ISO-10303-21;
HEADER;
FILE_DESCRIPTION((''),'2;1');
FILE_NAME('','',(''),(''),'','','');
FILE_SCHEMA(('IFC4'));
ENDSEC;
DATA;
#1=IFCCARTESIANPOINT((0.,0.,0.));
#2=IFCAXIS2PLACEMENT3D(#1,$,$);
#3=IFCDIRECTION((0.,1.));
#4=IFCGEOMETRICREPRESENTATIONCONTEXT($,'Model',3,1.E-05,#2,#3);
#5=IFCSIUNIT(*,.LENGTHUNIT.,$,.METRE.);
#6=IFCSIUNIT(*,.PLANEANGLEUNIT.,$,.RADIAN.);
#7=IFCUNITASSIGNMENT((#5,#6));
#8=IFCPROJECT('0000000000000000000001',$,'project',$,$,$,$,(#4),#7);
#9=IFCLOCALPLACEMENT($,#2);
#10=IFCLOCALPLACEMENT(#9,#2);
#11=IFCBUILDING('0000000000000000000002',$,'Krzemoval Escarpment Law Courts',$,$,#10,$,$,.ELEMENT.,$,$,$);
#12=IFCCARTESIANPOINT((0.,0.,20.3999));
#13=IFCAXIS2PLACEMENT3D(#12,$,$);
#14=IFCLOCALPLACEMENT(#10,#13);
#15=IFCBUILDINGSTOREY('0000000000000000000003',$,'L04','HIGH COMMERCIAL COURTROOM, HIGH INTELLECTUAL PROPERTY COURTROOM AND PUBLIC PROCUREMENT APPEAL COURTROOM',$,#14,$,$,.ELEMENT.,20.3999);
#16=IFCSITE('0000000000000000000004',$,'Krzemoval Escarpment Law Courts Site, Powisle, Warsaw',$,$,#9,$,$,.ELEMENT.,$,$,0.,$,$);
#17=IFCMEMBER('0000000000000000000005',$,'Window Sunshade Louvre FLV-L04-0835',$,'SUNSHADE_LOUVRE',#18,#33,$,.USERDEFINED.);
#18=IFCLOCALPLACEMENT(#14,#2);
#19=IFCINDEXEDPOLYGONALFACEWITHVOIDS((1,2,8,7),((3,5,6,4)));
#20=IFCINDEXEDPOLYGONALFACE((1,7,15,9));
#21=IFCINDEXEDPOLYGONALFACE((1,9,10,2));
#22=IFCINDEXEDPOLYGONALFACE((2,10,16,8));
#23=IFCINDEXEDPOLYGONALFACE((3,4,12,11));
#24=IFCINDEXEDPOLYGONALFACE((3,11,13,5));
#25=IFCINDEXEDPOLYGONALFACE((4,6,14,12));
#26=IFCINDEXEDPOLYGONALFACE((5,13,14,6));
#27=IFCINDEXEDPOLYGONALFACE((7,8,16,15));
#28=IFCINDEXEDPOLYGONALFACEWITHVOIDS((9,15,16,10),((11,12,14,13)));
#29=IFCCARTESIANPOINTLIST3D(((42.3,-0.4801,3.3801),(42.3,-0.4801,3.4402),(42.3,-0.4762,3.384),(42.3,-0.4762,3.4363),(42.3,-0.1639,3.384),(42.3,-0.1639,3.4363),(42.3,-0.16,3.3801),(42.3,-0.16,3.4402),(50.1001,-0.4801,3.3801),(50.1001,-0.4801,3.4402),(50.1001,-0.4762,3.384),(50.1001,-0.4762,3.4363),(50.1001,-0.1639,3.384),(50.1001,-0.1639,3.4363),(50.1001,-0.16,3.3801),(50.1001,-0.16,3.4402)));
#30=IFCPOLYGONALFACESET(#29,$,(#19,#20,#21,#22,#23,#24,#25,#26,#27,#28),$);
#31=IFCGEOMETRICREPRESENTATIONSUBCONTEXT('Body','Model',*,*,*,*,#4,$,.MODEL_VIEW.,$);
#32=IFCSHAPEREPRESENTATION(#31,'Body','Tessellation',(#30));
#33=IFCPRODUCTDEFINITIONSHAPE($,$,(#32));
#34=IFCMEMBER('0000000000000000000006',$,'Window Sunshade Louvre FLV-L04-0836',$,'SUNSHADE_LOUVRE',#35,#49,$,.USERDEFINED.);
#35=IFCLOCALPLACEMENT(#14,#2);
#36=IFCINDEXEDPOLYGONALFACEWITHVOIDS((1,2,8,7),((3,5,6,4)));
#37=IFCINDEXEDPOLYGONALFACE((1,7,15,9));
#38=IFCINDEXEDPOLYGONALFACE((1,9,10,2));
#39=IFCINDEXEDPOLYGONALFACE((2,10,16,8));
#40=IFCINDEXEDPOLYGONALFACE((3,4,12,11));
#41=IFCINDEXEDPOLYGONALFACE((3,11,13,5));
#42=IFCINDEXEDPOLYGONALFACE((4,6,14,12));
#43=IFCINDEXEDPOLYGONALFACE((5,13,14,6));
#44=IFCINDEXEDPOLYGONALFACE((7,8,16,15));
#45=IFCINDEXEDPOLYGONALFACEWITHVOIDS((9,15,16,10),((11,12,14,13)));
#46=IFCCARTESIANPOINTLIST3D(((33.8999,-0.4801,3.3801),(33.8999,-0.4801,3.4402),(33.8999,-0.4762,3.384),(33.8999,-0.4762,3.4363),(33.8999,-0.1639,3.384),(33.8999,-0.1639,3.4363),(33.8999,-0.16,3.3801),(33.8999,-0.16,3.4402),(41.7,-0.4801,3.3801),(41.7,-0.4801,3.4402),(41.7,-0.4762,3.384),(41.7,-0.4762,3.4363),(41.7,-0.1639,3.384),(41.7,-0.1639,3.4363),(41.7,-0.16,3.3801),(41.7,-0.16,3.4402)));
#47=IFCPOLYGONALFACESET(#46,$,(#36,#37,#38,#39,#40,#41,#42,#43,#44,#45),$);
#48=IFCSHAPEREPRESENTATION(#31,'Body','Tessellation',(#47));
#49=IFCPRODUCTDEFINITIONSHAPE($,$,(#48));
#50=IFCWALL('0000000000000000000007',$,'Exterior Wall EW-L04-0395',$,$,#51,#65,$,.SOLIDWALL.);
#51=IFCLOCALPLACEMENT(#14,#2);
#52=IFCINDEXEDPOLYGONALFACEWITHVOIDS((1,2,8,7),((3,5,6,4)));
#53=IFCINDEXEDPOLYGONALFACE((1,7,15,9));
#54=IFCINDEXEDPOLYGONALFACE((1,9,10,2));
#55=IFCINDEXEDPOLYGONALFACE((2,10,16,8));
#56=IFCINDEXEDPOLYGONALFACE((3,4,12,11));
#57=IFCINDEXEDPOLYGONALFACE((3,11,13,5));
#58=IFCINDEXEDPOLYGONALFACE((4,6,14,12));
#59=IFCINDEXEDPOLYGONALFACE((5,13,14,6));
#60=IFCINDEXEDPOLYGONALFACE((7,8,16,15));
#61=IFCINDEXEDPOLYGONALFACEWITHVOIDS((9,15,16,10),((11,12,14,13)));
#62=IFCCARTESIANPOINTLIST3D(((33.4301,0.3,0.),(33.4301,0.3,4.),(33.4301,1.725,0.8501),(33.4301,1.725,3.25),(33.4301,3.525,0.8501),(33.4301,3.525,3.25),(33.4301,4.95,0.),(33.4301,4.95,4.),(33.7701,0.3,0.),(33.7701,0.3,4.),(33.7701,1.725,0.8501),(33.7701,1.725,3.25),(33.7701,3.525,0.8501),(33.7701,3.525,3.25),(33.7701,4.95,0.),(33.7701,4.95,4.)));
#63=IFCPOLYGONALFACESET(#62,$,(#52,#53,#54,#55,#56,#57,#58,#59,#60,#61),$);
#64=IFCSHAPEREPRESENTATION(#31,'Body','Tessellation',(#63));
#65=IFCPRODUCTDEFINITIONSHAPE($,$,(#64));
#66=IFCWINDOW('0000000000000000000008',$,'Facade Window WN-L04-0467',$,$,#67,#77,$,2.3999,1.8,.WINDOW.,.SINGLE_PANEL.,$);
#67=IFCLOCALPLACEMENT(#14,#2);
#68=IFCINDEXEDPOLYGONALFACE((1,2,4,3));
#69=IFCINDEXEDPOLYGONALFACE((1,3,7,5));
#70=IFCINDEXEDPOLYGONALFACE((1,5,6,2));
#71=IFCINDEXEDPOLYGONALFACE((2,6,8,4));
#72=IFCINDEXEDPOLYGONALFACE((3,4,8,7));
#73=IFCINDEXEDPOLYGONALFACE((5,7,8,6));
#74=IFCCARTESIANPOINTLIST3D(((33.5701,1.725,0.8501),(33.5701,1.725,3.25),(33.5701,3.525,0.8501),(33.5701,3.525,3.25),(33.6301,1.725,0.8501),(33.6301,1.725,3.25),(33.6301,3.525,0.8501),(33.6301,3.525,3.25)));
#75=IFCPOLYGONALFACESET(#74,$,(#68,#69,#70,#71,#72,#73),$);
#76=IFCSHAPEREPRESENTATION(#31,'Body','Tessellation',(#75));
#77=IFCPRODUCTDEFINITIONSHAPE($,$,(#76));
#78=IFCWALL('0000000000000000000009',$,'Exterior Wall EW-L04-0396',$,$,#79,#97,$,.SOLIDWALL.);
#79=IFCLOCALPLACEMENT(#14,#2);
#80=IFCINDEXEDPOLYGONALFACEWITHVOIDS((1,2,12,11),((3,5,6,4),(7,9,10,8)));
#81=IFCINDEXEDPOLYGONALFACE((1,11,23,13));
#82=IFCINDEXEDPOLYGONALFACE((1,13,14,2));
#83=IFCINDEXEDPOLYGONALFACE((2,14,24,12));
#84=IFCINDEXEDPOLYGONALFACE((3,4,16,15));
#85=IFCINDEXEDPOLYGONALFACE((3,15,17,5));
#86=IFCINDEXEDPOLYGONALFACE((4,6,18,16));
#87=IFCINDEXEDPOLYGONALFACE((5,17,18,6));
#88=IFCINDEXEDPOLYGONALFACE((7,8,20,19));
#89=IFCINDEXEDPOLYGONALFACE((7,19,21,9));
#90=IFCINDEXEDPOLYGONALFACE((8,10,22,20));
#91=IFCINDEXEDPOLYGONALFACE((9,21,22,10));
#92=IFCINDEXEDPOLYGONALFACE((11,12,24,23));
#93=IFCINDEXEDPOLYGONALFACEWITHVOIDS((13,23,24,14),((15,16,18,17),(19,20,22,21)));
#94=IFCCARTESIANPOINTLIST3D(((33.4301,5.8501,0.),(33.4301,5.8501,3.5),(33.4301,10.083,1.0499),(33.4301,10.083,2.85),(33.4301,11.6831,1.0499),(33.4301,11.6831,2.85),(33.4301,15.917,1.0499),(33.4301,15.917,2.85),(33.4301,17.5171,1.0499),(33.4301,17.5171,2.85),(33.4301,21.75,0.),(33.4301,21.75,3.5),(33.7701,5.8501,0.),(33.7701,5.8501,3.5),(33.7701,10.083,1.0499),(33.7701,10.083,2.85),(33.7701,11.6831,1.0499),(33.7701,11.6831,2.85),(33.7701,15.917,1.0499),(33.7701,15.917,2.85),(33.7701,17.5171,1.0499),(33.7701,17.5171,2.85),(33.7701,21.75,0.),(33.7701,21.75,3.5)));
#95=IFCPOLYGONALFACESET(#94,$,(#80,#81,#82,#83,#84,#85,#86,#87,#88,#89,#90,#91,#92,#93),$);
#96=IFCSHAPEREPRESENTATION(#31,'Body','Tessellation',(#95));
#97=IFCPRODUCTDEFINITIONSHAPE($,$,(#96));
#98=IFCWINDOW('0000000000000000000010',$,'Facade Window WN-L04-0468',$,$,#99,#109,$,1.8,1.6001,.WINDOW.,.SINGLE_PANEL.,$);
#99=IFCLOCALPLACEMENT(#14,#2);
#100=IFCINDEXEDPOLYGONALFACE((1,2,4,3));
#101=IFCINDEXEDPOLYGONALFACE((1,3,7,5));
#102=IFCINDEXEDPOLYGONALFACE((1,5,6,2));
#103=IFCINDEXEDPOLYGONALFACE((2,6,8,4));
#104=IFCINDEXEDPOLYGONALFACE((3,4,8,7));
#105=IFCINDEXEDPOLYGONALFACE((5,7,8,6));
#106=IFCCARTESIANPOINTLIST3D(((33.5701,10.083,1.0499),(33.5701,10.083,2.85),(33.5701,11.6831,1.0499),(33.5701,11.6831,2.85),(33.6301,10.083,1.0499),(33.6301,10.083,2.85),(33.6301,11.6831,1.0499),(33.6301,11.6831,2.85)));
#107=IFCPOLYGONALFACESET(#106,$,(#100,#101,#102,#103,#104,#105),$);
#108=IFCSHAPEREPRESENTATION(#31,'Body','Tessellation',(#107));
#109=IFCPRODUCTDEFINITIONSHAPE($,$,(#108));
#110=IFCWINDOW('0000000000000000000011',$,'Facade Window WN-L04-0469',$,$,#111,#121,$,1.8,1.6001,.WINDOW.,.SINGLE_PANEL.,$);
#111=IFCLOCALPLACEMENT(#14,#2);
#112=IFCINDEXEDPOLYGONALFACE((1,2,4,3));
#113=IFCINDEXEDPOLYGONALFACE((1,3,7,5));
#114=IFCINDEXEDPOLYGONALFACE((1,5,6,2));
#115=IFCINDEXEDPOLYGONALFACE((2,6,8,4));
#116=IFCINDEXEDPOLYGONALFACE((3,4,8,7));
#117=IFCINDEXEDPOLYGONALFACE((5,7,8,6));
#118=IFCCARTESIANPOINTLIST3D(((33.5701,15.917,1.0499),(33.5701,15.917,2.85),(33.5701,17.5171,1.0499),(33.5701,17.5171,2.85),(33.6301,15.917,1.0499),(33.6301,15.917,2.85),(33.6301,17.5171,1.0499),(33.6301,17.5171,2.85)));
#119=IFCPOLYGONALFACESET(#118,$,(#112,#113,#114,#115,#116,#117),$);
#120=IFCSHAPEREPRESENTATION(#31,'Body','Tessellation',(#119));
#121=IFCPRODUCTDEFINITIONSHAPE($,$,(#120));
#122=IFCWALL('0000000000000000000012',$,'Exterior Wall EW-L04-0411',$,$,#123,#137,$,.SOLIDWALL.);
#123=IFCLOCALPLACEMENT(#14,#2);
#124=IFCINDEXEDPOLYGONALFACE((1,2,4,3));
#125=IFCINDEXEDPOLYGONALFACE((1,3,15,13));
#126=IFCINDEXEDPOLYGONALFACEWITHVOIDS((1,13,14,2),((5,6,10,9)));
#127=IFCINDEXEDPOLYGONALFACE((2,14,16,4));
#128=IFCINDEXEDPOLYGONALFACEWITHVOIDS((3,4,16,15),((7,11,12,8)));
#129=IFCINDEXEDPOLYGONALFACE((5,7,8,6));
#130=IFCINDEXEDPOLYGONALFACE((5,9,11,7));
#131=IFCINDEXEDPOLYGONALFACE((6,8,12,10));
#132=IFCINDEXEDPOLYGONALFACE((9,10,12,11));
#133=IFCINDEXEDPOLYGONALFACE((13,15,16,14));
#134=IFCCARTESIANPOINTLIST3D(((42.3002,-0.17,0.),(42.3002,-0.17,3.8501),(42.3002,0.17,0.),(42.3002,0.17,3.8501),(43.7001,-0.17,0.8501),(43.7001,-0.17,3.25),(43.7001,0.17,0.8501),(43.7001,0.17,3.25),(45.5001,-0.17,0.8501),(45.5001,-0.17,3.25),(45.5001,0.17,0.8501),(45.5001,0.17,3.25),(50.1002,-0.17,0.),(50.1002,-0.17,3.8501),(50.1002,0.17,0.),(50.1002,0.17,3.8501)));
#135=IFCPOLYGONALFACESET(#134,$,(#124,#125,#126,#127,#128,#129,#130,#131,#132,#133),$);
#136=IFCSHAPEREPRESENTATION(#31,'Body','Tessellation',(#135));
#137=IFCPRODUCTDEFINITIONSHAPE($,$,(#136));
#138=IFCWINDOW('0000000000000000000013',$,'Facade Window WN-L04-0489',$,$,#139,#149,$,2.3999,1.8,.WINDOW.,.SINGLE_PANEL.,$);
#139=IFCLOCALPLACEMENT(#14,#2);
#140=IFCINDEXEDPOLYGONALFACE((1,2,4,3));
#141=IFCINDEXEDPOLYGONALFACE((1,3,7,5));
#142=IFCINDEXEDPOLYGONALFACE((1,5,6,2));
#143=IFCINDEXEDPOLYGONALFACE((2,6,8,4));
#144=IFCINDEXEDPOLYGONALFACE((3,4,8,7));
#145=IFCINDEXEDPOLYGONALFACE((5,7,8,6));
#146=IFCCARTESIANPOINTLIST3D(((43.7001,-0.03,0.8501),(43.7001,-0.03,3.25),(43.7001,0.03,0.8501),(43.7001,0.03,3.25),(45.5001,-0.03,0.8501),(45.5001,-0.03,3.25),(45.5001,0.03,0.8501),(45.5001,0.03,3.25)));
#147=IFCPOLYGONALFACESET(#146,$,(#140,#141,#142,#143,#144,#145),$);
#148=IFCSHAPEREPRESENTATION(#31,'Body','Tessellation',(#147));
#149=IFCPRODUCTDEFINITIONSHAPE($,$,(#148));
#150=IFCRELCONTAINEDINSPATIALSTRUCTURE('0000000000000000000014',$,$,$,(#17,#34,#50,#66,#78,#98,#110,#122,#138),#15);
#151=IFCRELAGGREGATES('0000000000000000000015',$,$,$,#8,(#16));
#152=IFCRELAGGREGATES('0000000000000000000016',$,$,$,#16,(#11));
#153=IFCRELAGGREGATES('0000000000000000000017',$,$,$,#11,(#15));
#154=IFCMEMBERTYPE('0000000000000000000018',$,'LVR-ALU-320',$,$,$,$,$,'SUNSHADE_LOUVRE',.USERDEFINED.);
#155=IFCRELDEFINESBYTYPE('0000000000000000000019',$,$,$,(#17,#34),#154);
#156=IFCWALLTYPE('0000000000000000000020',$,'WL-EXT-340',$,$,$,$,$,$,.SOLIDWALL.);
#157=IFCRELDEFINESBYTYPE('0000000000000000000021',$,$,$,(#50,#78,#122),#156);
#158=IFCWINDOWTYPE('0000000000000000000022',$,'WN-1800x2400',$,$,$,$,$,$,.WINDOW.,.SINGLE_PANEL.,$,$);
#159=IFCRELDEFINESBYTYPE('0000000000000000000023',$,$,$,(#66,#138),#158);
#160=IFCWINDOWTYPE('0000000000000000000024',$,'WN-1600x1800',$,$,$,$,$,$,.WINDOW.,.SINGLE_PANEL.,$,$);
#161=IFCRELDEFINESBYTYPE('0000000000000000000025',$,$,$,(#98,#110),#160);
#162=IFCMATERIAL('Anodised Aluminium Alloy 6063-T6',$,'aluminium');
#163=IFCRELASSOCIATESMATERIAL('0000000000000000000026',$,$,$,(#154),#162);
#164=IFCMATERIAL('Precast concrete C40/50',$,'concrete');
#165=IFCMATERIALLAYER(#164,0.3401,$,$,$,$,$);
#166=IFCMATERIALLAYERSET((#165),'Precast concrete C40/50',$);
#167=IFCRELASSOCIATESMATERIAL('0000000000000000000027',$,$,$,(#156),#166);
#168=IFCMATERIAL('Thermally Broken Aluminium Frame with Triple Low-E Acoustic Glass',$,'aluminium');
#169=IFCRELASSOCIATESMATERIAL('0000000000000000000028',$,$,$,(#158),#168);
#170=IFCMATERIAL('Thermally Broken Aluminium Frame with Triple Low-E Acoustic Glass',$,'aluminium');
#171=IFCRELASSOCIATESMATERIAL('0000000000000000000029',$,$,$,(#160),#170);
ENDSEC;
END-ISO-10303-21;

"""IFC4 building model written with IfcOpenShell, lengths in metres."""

from ifc_helpers import new_model, si_unit, direction, frame, frame_2d, origin, origin_2d, place, context, subcontext, project, spatial, rectangle, hollow_rectangle, extrude, material, layer, layer_set, material_profile, profile_set, type_object, element, fill, save


model = new_model("IFC4")

# Units and contexts
model_context = context("Model", 3, precision=1e-05, world=origin(), true_north=direction((0.0, 1.0)))
body_context = subcontext(model_context, "Body", "Model", "MODEL_VIEW")
ifc_project = project(units=[si_unit("LENGTHUNIT", "METRE"), si_unit("PLANEANGLEUNIT", "RADIAN")], contexts=[model_context])

# Site, building, storey
site_placement = place(None, origin())
site = spatial("IfcSite", under=ifc_project, at=site_placement, Name="Krzemoval Escarpment Law Courts Site, Powisle, Warsaw", CompositionType="ELEMENT", RefElevation=0.0)
building_placement = place(site_placement, origin())
building = spatial("IfcBuilding", under=site, at=building_placement, Name="Krzemoval Escarpment Law Courts", CompositionType="ELEMENT")
storey_placement = place(building_placement, frame((0.0, 0.0, 20.3999)))
storey = spatial("IfcBuildingStorey", under=building, at=storey_placement, Name="L04", Description="HIGH COMMERCIAL COURTROOM, HIGH INTELLECTUAL PROPERTY COURTROOM AND PUBLIC PROCUREMENT APPEAL COURTROOM", CompositionType="ELEMENT", Elevation=20.3999)

# Members
ifc_material_1 = material(Name="Anodised Aluminium Alloy 6063-T6", Category="aluminium")
ifc_material_profile_1 = material_profile(ifc_material_1, hollow_rectangle(XDim=0.0601, YDim=0.3201, WallThickness=0.0039, at=origin_2d()), Name="ALU LVR 60x320")
ifc_profile_set_1 = profile_set([ifc_material_profile_1], Name="Anodised Aluminium Alloy 6063-T6")
member_type = type_object("IfcMemberType", Name="LVR-ALU-320", ElementType="SUNSHADE_LOUVRE", PredefinedType="USERDEFINED", material=ifc_profile_set_1)
for number, where, z_axis, x_axis, name in (
    (1, (50.1001, -0.3201, 3.4102), (-1.0, 0.0, 0.0), (0.0, 0.0, 1.0), "Window Sunshade Louvre FLV-L04-0835"),
    (2, (41.7, -0.3201, 3.4102), (-1.0, 0.0, 0.0), (0.0, 0.0, 1.0), "Window Sunshade Louvre FLV-L04-0836"),
):
    element("IfcMember", number, at=place(storey_placement, frame(where, z_axis=z_axis, x_axis=x_axis)), inside=storey, type_object=member_type, Name=name, ObjectType="SUNSHADE_LOUVRE", PredefinedType="USERDEFINED", context=body_context, shape_type="SweptSolid", body=[
        extrude(hollow_rectangle(XDim=0.0601, YDim=0.3201, WallThickness=0.0039, at=origin_2d()), origin(), (0.0, 0.0, 1.0), 7.8),
    ])

# Wall, opening, window
ifc_material_2 = material(Name="Precast concrete C40/50", Category="concrete")
ifc_layer_1 = layer(ifc_material_2, 0.3401)
ifc_layer_set_1 = layer_set([ifc_layer_1], Name="Precast concrete C40/50")
wall_type_1 = type_object("IfcWallType", Name="WL-EXT-340", PredefinedType="SOLIDWALL", material=ifc_layer_set_1)
wall_1_placement = place(storey_placement, frame((33.6001, 0.3, 0.0), z_axis=(0.0, 0.0, 1.0), x_axis=(0.0, 1.0, 0.0)))
wall_1 = element("IfcWall", 3, at=wall_1_placement, inside=storey, type_object=wall_type_1, Name="Exterior Wall EW-L04-0395", PredefinedType="SOLIDWALL", context=body_context, shape_type="SweptSolid", body=[
    extrude(rectangle(XDim=4.6499, YDim=0.3401, at=frame_2d((2.325, 0.0))), origin(), (0.0, 0.0, 1.0), 4.0),
])
opening_1_placement = place(wall_1_placement, frame((1.425, 0.0, 0.8501)))
opening_1 = element("IfcOpeningElement", 4, at=opening_1_placement, cuts=wall_1, PredefinedType="OPENING", context=body_context, shape_type="SweptSolid", body=[
    extrude(rectangle(XDim=1.8, YDim=2.3999, at=frame_2d((0.8999, 1.2))), frame((0.0, 0.185, 0.0), z_axis=(0.0, -1.0, 0.0), x_axis=(1.0, 0.0, 0.0)), (0.0, 0.0, 1.0), 0.3701),
])
ifc_material_3 = material(Name="Thermally Broken Aluminium Frame with Triple Low-E Acoustic Glass", Category="aluminium")
window_type_1 = type_object("IfcWindowType", Name="WN-1800x2400", PartitioningType="SINGLE_PANEL", PredefinedType="WINDOW", material=ifc_material_3)
window_1_placement = place(opening_1_placement, origin())
window_1 = element("IfcWindow", 5, at=window_1_placement, inside=storey, type_object=window_type_1, Name="Facade Window WN-L04-0467", OverallHeight=2.3999, OverallWidth=1.8, PartitioningType="SINGLE_PANEL", PredefinedType="WINDOW", context=body_context, shape_type="SweptSolid", body=[
    extrude(rectangle(XDim=1.8, YDim=2.3999, at=frame_2d((0.8999, 1.2))), frame((0.0, 0.03, 0.0), z_axis=(0.0, -1.0, 0.0), x_axis=(1.0, 0.0, 0.0)), (0.0, 0.0, 1.0), 0.0601),
])
fill(opening_1, window_1)

# Wall, openings, windows
wall_2_placement = place(storey_placement, frame((33.6001, 5.8501, 0.0), z_axis=(0.0, 0.0, 1.0), x_axis=(0.0, 1.0, 0.0)))
wall_2 = element("IfcWall", 6, at=wall_2_placement, inside=storey, type_object=wall_type_1, Name="Exterior Wall EW-L04-0396", PredefinedType="SOLIDWALL", context=body_context, shape_type="SweptSolid", body=[
    extrude(rectangle(XDim=15.8999, YDim=0.3401, at=frame_2d((7.95, 0.0))), origin(), (0.0, 0.0, 1.0), 3.5),
])
opening_2_placement = place(wall_2_placement, frame((4.2329, 0.0, 1.05)))
opening_2 = element("IfcOpeningElement", 7, at=opening_2_placement, cuts=wall_2, PredefinedType="OPENING", context=body_context, shape_type="SweptSolid", body=[
    extrude(rectangle(XDim=1.6001, YDim=1.8, at=frame_2d((0.8, 0.8999))), frame((0.0, 0.185, 0.0), z_axis=(0.0, -1.0, 0.0), x_axis=(1.0, 0.0, 0.0)), (0.0, 0.0, 1.0), 0.3701),
])
opening_3_placement = place(wall_2_placement, frame((10.0669, 0.0, 1.05)))
opening_3 = element("IfcOpeningElement", 8, at=opening_3_placement, cuts=wall_2, PredefinedType="OPENING", context=body_context, shape_type="SweptSolid", body=[
    extrude(rectangle(XDim=1.6001, YDim=1.8, at=frame_2d((0.8, 0.8999))), frame((0.0, 0.185, 0.0), z_axis=(0.0, -1.0, 0.0), x_axis=(1.0, 0.0, 0.0)), (0.0, 0.0, 1.0), 0.3701),
])
ifc_material_4 = material(Name="Thermally Broken Aluminium Frame with Triple Low-E Acoustic Glass", Category="aluminium")
window_type_2 = type_object("IfcWindowType", Name="WN-1600x1800", PartitioningType="SINGLE_PANEL", PredefinedType="WINDOW", material=ifc_material_4)
window_2_placement = place(opening_2_placement, origin())
window_2 = element("IfcWindow", 9, at=window_2_placement, inside=storey, type_object=window_type_2, Name="Facade Window WN-L04-0468", OverallHeight=1.8, OverallWidth=1.6001, PartitioningType="SINGLE_PANEL", PredefinedType="WINDOW", context=body_context, shape_type="SweptSolid", body=[
    extrude(rectangle(XDim=1.6001, YDim=1.8, at=frame_2d((0.8, 0.8999))), frame((0.0, 0.03, 0.0), z_axis=(0.0, -1.0, 0.0), x_axis=(1.0, 0.0, 0.0)), (0.0, 0.0, 1.0), 0.0601),
])
fill(opening_2, window_2)
window_3_placement = place(opening_3_placement, origin())
window_3 = element("IfcWindow", 10, at=window_3_placement, inside=storey, type_object=window_type_2, Name="Facade Window WN-L04-0469", OverallHeight=1.8, OverallWidth=1.6001, PartitioningType="SINGLE_PANEL", PredefinedType="WINDOW", context=body_context, shape_type="SweptSolid", body=[
    extrude(rectangle(XDim=1.6001, YDim=1.8, at=frame_2d((0.8, 0.8999))), frame((0.0, 0.03, 0.0), z_axis=(0.0, -1.0, 0.0), x_axis=(1.0, 0.0, 0.0)), (0.0, 0.0, 1.0), 0.0601),
])
fill(opening_3, window_3)

# Wall, opening, window
wall_3_placement = place(storey_placement, frame((50.1001, 0.0, 0.0), z_axis=(0.0, 0.0, 1.0), x_axis=(-1.0, 0.0, 0.0)))
wall_3 = element("IfcWall", 11, at=wall_3_placement, inside=storey, type_object=wall_type_1, Name="Exterior Wall EW-L04-0411", PredefinedType="SOLIDWALL", context=body_context, shape_type="SweptSolid", body=[
    extrude(rectangle(XDim=7.8, YDim=0.3401, at=frame_2d((3.8999, 0.0))), origin(), (0.0, 0.0, 1.0), 3.8501),
])
opening_4_placement = place(wall_3_placement, frame((4.6001, 0.0, 0.8501)))
opening_4 = element("IfcOpeningElement", 12, at=opening_4_placement, cuts=wall_3, PredefinedType="OPENING", context=body_context, shape_type="SweptSolid", body=[
    extrude(rectangle(XDim=1.8, YDim=2.3999, at=frame_2d((0.8999, 1.2))), frame((0.0, 0.185, 0.0), z_axis=(0.0, -1.0, 0.0), x_axis=(1.0, 0.0, 0.0)), (0.0, 0.0, 1.0), 0.3701),
])
window_4_placement = place(opening_4_placement, origin())
window_4 = element("IfcWindow", 13, at=window_4_placement, inside=storey, type_object=window_type_1, Name="Facade Window WN-L04-0489", OverallHeight=2.3999, OverallWidth=1.8, PartitioningType="SINGLE_PANEL", PredefinedType="WINDOW", context=body_context, shape_type="SweptSolid", body=[
    extrude(rectangle(XDim=1.8, YDim=2.3999, at=frame_2d((0.8999, 1.2))), frame((0.0, 0.03, 0.0), z_axis=(0.0, -1.0, 0.0), x_axis=(1.0, 0.0, 0.0)), (0.0, 0.0, 1.0), 0.0601),
])
fill(opening_4, window_4)

save(model, "model.ifc")
